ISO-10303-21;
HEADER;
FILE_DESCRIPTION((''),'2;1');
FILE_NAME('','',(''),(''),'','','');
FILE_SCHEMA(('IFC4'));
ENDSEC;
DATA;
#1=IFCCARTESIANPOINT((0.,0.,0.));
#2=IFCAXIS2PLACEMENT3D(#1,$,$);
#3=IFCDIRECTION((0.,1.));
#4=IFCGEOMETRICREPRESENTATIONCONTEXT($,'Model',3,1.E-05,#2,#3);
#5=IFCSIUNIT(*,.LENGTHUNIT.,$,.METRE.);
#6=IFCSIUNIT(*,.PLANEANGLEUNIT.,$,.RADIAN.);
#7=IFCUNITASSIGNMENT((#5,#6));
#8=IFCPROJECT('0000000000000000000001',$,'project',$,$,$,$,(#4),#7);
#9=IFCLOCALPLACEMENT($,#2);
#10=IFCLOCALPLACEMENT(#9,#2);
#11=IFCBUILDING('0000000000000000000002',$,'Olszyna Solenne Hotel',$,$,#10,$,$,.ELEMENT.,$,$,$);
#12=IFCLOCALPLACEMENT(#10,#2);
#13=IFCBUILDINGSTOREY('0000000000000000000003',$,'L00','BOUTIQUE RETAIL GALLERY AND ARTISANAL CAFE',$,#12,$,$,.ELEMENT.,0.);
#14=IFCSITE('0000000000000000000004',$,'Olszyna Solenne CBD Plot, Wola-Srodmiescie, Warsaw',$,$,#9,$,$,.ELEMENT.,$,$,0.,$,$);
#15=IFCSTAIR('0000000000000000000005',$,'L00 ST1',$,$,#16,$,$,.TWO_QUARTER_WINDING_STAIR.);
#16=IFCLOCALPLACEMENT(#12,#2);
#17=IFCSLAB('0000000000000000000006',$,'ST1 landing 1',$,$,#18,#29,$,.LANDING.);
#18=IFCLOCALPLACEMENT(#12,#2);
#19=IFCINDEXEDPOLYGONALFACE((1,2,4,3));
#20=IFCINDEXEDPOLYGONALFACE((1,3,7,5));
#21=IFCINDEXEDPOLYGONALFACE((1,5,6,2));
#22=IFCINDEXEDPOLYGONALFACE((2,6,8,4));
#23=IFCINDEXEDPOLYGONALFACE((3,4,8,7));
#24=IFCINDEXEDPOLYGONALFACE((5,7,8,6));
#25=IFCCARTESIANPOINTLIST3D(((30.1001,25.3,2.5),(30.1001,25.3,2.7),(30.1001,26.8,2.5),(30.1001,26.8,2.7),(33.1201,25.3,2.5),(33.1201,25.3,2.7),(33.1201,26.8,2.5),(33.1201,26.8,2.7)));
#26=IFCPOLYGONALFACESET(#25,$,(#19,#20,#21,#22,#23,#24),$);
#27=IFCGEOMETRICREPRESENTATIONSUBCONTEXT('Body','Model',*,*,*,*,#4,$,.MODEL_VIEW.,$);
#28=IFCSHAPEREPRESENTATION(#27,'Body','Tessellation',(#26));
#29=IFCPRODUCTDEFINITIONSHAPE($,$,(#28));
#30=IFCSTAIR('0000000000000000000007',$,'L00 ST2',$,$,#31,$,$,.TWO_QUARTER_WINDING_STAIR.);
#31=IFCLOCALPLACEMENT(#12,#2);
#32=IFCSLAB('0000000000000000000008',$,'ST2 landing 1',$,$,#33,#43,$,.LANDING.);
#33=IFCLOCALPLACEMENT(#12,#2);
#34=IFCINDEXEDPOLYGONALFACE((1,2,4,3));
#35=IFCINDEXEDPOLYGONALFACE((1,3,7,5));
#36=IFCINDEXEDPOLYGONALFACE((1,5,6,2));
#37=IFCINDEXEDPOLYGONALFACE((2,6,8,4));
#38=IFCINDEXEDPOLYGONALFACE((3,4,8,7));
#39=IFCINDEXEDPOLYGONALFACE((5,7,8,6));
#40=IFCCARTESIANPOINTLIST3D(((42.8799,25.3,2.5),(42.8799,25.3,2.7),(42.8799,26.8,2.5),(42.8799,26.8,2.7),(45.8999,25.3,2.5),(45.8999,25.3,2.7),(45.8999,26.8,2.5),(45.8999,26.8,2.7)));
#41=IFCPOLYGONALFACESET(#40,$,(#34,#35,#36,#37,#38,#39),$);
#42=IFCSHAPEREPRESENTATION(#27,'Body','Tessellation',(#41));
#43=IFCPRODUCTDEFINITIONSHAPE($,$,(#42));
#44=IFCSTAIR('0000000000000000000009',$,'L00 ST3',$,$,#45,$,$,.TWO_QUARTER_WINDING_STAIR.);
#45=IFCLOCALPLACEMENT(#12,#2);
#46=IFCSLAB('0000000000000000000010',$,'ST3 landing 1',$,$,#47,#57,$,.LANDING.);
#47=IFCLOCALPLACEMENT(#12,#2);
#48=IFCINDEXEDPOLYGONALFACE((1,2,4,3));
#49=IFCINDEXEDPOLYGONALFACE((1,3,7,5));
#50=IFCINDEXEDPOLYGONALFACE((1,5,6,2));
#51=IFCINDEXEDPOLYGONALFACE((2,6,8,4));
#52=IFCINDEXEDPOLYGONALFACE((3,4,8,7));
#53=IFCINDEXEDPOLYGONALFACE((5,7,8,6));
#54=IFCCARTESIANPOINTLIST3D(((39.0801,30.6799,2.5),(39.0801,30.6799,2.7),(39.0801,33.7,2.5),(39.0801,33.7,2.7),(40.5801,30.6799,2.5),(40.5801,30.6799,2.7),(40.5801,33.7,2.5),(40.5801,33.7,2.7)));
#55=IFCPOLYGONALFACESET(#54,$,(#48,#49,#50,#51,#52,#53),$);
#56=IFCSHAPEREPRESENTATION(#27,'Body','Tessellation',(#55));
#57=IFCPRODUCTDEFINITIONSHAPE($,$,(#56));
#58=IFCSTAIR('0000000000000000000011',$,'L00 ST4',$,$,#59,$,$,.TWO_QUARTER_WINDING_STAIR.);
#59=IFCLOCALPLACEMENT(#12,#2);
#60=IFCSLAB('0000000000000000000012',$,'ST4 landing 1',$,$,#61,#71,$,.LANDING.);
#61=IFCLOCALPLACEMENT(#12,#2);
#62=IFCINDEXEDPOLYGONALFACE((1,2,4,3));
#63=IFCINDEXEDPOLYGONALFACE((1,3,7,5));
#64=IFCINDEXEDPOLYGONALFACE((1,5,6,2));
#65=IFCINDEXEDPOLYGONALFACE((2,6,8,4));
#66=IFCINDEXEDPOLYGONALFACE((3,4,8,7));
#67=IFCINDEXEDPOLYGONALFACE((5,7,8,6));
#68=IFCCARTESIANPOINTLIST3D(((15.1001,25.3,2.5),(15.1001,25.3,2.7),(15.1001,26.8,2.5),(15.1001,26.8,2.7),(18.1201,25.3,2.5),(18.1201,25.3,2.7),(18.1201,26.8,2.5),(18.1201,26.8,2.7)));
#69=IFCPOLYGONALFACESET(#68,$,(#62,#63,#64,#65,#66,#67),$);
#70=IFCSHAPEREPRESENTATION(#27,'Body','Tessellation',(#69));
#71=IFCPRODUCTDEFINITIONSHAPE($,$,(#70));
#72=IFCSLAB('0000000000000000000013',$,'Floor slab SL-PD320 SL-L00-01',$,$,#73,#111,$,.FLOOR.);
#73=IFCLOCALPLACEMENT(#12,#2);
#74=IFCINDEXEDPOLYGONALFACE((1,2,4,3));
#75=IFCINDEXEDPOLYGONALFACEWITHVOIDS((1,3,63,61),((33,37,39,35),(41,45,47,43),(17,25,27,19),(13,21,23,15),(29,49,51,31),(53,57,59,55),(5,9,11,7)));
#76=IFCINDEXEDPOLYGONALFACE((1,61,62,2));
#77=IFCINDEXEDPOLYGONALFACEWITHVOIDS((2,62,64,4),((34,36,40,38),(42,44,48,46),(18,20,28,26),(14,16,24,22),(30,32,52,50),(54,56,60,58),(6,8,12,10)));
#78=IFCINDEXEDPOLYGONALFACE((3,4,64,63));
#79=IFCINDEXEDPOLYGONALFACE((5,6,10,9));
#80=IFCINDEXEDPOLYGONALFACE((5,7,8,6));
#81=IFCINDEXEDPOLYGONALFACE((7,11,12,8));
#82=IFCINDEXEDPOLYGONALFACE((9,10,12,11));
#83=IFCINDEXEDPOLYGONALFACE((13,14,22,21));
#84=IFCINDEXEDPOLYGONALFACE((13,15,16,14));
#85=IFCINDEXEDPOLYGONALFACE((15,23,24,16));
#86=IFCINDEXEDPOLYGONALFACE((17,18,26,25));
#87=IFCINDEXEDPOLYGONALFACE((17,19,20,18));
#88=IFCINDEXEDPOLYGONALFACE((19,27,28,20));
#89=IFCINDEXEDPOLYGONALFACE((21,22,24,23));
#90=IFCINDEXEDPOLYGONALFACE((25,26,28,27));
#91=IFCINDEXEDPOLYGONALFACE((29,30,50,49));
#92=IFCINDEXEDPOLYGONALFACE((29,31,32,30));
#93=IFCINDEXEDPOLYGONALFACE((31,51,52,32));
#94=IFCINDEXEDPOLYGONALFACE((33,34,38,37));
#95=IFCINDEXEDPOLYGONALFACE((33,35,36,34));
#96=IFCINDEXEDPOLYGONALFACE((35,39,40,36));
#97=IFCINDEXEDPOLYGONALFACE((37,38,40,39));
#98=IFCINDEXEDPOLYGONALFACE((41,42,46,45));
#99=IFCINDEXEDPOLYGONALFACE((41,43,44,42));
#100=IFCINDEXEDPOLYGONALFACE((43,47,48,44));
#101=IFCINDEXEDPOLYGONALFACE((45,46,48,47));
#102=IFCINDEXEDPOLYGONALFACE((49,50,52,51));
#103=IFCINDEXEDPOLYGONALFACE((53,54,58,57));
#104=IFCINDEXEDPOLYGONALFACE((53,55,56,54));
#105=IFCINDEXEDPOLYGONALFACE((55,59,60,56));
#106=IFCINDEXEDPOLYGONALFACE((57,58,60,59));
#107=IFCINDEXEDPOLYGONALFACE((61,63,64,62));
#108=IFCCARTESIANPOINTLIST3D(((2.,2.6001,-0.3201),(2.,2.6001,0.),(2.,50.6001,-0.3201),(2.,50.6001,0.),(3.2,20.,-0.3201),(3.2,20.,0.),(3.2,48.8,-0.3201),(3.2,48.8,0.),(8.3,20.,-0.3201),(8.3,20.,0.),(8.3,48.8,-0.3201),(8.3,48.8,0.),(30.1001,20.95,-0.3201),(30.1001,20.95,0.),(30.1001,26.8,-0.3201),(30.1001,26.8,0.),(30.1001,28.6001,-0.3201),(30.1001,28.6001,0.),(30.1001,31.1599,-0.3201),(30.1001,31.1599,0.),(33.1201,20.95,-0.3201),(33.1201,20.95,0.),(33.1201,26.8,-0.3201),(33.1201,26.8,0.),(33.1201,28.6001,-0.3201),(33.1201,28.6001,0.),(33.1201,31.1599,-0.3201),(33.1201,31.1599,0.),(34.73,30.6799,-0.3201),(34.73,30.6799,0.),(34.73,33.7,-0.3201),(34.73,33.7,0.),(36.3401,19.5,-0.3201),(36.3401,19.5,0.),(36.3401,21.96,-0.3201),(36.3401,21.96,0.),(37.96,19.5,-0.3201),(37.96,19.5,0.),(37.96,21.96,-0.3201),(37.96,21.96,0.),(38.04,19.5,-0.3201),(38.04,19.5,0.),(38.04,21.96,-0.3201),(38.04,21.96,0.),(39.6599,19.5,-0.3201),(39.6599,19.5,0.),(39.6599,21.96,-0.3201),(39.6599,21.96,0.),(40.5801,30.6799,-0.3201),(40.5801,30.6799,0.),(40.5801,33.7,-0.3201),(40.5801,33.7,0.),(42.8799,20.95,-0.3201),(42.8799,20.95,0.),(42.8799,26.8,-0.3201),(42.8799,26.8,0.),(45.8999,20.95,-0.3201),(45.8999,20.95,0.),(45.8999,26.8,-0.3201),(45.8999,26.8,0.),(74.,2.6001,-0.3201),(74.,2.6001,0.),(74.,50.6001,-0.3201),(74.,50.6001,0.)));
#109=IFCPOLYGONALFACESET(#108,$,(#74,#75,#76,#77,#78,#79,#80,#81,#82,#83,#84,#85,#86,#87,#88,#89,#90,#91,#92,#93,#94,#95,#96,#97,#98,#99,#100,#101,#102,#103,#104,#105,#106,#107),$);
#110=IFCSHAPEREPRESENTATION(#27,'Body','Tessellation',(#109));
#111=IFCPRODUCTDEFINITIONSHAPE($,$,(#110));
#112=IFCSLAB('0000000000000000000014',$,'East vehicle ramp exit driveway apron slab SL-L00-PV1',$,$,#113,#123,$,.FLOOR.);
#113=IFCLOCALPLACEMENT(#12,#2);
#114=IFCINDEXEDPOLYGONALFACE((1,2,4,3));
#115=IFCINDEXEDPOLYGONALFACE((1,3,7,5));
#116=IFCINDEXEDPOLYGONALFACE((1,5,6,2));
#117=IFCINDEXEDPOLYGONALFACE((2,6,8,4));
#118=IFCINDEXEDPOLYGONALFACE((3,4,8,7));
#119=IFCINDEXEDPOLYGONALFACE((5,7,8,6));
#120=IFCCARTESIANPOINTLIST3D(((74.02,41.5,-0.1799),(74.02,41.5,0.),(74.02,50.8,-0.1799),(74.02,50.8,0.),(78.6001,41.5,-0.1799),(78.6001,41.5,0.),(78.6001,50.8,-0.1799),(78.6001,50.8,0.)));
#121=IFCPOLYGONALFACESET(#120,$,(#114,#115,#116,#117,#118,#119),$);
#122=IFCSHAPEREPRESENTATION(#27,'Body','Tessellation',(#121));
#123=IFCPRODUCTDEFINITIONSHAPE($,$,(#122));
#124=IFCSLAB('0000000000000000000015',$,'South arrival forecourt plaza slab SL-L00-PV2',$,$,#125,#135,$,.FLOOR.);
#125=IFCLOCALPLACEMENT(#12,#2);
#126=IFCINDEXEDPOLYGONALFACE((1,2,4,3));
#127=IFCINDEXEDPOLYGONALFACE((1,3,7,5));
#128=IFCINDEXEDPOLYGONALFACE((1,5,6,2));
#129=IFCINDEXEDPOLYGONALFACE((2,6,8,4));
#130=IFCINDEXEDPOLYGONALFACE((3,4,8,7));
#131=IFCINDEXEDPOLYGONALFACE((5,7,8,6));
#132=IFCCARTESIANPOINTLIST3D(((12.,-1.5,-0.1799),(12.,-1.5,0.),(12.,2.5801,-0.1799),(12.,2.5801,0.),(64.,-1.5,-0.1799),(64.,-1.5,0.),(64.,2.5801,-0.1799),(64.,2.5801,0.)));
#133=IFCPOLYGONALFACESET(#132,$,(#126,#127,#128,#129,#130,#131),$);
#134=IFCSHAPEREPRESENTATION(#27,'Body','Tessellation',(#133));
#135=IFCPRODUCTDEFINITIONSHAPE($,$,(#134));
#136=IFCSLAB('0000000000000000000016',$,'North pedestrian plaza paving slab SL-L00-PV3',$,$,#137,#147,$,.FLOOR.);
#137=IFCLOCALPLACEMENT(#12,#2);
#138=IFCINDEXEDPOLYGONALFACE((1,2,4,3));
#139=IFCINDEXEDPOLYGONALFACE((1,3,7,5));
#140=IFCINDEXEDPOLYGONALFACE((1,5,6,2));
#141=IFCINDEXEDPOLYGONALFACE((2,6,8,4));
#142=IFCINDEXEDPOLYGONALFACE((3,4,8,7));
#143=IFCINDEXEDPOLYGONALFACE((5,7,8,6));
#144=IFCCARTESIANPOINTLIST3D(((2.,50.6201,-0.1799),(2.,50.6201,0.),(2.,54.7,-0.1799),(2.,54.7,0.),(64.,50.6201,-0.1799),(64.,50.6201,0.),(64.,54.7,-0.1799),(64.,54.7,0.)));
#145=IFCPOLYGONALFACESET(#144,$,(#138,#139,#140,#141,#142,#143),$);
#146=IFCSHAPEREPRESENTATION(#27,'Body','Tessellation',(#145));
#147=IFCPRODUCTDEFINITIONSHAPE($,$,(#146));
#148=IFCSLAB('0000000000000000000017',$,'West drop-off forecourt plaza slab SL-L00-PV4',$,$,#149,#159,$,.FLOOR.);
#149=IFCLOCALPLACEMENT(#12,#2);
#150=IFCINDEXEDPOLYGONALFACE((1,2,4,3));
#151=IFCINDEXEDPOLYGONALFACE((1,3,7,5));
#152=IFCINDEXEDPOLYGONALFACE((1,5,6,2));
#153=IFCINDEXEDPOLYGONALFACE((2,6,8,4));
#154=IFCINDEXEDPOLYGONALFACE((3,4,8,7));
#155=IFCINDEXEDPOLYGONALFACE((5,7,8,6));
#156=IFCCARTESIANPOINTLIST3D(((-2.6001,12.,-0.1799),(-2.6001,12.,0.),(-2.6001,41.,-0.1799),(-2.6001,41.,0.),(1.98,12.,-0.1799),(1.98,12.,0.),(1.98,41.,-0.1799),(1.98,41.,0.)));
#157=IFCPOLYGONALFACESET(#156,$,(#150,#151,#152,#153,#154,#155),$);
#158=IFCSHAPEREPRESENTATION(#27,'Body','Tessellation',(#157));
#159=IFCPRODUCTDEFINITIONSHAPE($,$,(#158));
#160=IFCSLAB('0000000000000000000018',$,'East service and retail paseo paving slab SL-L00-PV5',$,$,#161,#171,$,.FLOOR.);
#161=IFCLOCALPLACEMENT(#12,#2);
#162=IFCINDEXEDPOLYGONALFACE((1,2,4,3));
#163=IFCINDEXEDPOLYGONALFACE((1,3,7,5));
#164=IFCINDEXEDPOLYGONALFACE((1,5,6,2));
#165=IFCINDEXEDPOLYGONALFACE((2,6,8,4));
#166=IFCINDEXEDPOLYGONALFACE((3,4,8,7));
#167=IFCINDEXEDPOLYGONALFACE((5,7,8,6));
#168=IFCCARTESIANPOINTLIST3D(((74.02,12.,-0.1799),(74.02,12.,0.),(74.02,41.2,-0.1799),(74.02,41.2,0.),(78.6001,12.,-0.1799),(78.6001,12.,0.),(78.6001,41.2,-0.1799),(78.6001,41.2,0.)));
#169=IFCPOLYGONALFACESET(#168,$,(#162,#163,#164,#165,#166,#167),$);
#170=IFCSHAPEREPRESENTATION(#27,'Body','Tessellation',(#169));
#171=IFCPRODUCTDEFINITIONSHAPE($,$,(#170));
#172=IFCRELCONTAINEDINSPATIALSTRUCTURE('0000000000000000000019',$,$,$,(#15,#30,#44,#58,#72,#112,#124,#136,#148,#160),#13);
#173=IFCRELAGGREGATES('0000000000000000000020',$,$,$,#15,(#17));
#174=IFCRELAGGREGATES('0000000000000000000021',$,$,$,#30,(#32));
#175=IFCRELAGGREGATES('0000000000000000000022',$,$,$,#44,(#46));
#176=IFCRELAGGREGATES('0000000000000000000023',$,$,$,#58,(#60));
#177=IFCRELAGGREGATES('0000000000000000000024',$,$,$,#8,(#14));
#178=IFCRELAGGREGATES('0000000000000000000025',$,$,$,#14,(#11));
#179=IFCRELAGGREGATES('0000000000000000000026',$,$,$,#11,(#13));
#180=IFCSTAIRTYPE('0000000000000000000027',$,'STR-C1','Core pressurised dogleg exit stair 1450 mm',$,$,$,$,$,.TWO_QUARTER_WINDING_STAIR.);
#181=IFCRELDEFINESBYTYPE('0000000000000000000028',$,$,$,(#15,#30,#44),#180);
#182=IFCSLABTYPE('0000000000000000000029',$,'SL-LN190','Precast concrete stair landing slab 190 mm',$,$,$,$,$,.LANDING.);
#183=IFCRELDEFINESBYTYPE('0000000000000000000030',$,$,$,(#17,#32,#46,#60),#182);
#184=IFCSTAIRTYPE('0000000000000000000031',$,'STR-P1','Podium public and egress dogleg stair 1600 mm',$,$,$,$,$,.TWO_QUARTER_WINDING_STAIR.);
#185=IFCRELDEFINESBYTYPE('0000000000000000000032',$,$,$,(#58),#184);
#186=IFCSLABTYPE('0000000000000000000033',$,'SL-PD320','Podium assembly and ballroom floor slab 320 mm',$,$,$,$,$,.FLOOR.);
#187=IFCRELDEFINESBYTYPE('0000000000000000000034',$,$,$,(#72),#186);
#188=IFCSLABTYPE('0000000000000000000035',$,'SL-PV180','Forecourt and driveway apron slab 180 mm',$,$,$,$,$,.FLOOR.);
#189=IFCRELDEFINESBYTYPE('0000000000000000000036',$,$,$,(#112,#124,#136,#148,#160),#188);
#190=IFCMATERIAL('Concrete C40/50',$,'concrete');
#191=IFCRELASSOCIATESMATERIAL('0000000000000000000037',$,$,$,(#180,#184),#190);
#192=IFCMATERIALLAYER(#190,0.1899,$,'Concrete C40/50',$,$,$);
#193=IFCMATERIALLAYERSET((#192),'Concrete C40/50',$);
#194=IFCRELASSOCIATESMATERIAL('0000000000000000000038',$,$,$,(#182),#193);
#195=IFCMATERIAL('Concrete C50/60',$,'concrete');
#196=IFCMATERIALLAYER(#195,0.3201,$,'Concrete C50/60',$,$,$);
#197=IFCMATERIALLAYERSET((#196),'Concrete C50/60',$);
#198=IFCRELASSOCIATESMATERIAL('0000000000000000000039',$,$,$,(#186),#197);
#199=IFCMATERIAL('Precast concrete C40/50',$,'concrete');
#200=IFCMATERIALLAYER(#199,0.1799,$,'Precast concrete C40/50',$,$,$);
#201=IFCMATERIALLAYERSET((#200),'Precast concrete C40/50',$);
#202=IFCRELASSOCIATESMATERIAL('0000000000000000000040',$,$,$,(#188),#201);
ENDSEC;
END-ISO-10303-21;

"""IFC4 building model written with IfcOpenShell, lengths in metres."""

from ifc_helpers import new_model, si_unit, direction, frame, origin, place, context, subcontext, project, spatial, polyline, outline, extrude, material, layer, layer_set, type_object, element, aggregate, save


model = new_model("IFC4")

# Units and contexts
model_context = context("Model", 3, precision=1e-05, world=origin(), true_north=direction((0.0, 1.0)))
body_context = subcontext(model_context, "Body", "Model", "MODEL_VIEW")
ifc_project = project(units=[si_unit("LENGTHUNIT", "METRE"), si_unit("PLANEANGLEUNIT", "RADIAN")], contexts=[model_context])

# Site, building, storey
site_placement = place(None, origin())
site = spatial("IfcSite", under=ifc_project, at=site_placement, Name="Olszyna Solenne CBD Plot, Wola-Srodmiescie, Warsaw", CompositionType="ELEMENT", RefElevation=0.0)
building_placement = place(site_placement, origin())
building = spatial("IfcBuilding", under=site, at=building_placement, Name="Olszyna Solenne Hotel", CompositionType="ELEMENT")
storey_placement = place(building_placement, origin())
storey = spatial("IfcBuildingStorey", under=building, at=storey_placement, Name="L00", Description="BOUTIQUE RETAIL GALLERY AND ARTISANAL CAFE", CompositionType="ELEMENT", Elevation=0.0)

# Stairs, slabs
ifc_material_1 = material(Name="Concrete C40/50", Category="concrete")
stair_type_1 = type_object("IfcStairType", Name="STR-C1", Description="Core pressurised dogleg exit stair 1450 mm", PredefinedType="TWO_QUARTER_WINDING_STAIR", material=ifc_material_1)
stair_1_placement = place(storey_placement, origin())
stair_1 = element("IfcStair", 1, at=stair_1_placement, inside=storey, type_object=stair_type_1, Name="L00 ST1", PredefinedType="TWO_QUARTER_WINDING_STAIR")
ifc_layer_1 = layer(ifc_material_1, 0.1899, Name="Concrete C40/50")
ifc_layer_set_1 = layer_set([ifc_layer_1], Name="Concrete C40/50")
slab_type_1 = type_object("IfcSlabType", Name="SL-LN190", Description="Precast concrete stair landing slab 190 mm", PredefinedType="LANDING", material=ifc_layer_set_1)
slab_1_placement = place(storey_placement, frame((0.0, 0.0, 2.5)))
slab_1 = element("IfcSlab", 2, at=slab_1_placement, type_object=slab_type_1, Name="ST1 landing 1", PredefinedType="LANDING", context=body_context, shape_type="SweptSolid", body=[
    extrude(outline(polyline([(33.1201, 25.3), (33.1201, 26.8), (30.1001, 26.8), (30.1001, 25.3), (33.1201, 25.3)])), origin(), (0.0, 0.0, 1.0), 0.2),
])
aggregate(stair_1, [slab_1])
stair_2_placement = place(storey_placement, origin())
stair_2 = element("IfcStair", 3, at=stair_2_placement, inside=storey, type_object=stair_type_1, Name="L00 ST2", PredefinedType="TWO_QUARTER_WINDING_STAIR")
slab_2_placement = place(storey_placement, frame((0.0, 0.0, 2.5)))
slab_2 = element("IfcSlab", 4, at=slab_2_placement, type_object=slab_type_1, Name="ST2 landing 1", PredefinedType="LANDING", context=body_context, shape_type="SweptSolid", body=[
    extrude(outline(polyline([(45.8999, 25.3), (45.8999, 26.8), (42.8799, 26.8), (42.8799, 25.3), (45.8999, 25.3)])), origin(), (0.0, 0.0, 1.0), 0.2),
])
aggregate(stair_2, [slab_2])
stair_3_placement = place(storey_placement, origin())
stair_3 = element("IfcStair", 5, at=stair_3_placement, inside=storey, type_object=stair_type_1, Name="L00 ST3", PredefinedType="TWO_QUARTER_WINDING_STAIR")
slab_3_placement = place(storey_placement, frame((0.0, 0.0, 2.5)))
slab_3 = element("IfcSlab", 6, at=slab_3_placement, type_object=slab_type_1, Name="ST3 landing 1", PredefinedType="LANDING", context=body_context, shape_type="SweptSolid", body=[
    extrude(outline(polyline([(39.0801, 30.6799), (40.5801, 30.6799), (40.5801, 33.7), (39.0801, 33.7), (39.0801, 30.6799)])), origin(), (0.0, 0.0, 1.0), 0.2),
])
aggregate(stair_3, [slab_3])
stair_type_2 = type_object("IfcStairType", Name="STR-P1", Description="Podium public and egress dogleg stair 1600 mm", PredefinedType="TWO_QUARTER_WINDING_STAIR", material=ifc_material_1)
stair_4_placement = place(storey_placement, origin())
stair_4 = element("IfcStair", 7, at=stair_4_placement, inside=storey, type_object=stair_type_2, Name="L00 ST4", PredefinedType="TWO_QUARTER_WINDING_STAIR")
slab_4_placement = place(storey_placement, frame((0.0, 0.0, 2.5)))
slab_4 = element("IfcSlab", 8, at=slab_4_placement, type_object=slab_type_1, Name="ST4 landing 1", PredefinedType="LANDING", context=body_context, shape_type="SweptSolid", body=[
    extrude(outline(polyline([(18.1201, 25.3), (18.1201, 26.8), (15.1001, 26.8), (15.1001, 25.3), (18.1201, 25.3)])), origin(), (0.0, 0.0, 1.0), 0.2),
])
aggregate(stair_4, [slab_4])

# Slabs
ifc_material_2 = material(Name="Concrete C50/60", Category="concrete")
ifc_layer_2 = layer(ifc_material_2, 0.3201, Name="Concrete C50/60")
ifc_layer_set_2 = layer_set([ifc_layer_2], Name="Concrete C50/60")
slab_type_2 = type_object("IfcSlabType", Name="SL-PD320", Description="Podium assembly and ballroom floor slab 320 mm", PredefinedType="FLOOR", material=ifc_layer_set_2)
slab_5_placement = place(storey_placement, frame((0.0, 0.0, -0.3201)))
element("IfcSlab", 9, at=slab_5_placement, inside=storey, type_object=slab_type_2, Name="Floor slab SL-PD320 SL-L00-01", PredefinedType="FLOOR", context=body_context, shape_type="SweptSolid", body=[
    extrude(outline(polyline([(2.0, 2.6001), (74.0, 2.6001), (74.0, 50.6001), (2.0, 50.6001), (2.0, 2.6001)]), holes=[polyline([(30.1001, 20.95), (33.1201, 20.95), (33.1201, 26.8), (30.1001, 26.8), (30.1001, 20.95)]), polyline([(42.8799, 20.95), (45.8999, 20.95), (45.8999, 26.8), (42.8799, 26.8), (42.8799, 20.95)]), polyline([(34.73, 30.6799), (40.5801, 30.6799), (40.5801, 33.7), (34.73, 33.7), (34.73, 30.6799)]), polyline([(36.3401, 19.5), (37.96, 19.5), (37.96, 21.96), (36.3401, 21.96), (36.3401, 19.5)]), polyline([(38.04, 19.5), (39.6599, 19.5), (39.6599, 21.96), (38.04, 21.96), (38.04, 19.5)]), polyline([(30.1001, 28.6001), (33.1201, 28.6001), (33.1201, 31.1599), (30.1001, 31.1599), (30.1001, 28.6001)]), polyline([(3.2, 20.0), (8.3, 20.0), (8.3, 48.8), (3.2, 48.8), (3.2, 20.0)])]), origin(), (0.0, 0.0, 1.0), 0.3201),
])
ifc_material_3 = material(Name="Precast concrete C40/50", Category="concrete")
ifc_layer_3 = layer(ifc_material_3, 0.1799, Name="Precast concrete C40/50")
ifc_layer_set_3 = layer_set([ifc_layer_3], Name="Precast concrete C40/50")
slab_type_3 = type_object("IfcSlabType", Name="SL-PV180", Description="Forecourt and driveway apron slab 180 mm", PredefinedType="FLOOR", material=ifc_layer_set_3)
slab_6_placement = place(storey_placement, frame((0.0, 0.0, -0.1799)))
element("IfcSlab", 10, at=slab_6_placement, inside=storey, type_object=slab_type_3, Name="East vehicle ramp exit driveway apron slab SL-L00-PV1", PredefinedType="FLOOR", context=body_context, shape_type="SweptSolid", body=[
    extrude(outline(polyline([(74.02, 41.5), (78.6001, 41.5), (78.6001, 50.8), (74.02, 50.8), (74.02, 41.5)])), origin(), (0.0, 0.0, 1.0), 0.1799),
])
slab_7_placement = place(storey_placement, frame((0.0, 0.0, -0.1799)))
element("IfcSlab", 11, at=slab_7_placement, inside=storey, type_object=slab_type_3, Name="South arrival forecourt plaza slab SL-L00-PV2", PredefinedType="FLOOR", context=body_context, shape_type="SweptSolid", body=[
    extrude(outline(polyline([(12.0, -1.5), (64.0, -1.5), (64.0, 2.5801), (12.0, 2.5801), (12.0, -1.5)])), origin(), (0.0, 0.0, 1.0), 0.1799),
])
slab_8_placement = place(storey_placement, frame((0.0, 0.0, -0.1799)))
element("IfcSlab", 12, at=slab_8_placement, inside=storey, type_object=slab_type_3, Name="North pedestrian plaza paving slab SL-L00-PV3", PredefinedType="FLOOR", context=body_context, shape_type="SweptSolid", body=[
    extrude(outline(polyline([(2.0, 50.6201), (64.0, 50.6201), (64.0, 54.7), (2.0, 54.7), (2.0, 50.6201)])), origin(), (0.0, 0.0, 1.0), 0.1799),
])
slab_9_placement = place(storey_placement, frame((0.0, 0.0, -0.1799)))
element("IfcSlab", 13, at=slab_9_placement, inside=storey, type_object=slab_type_3, Name="West drop-off forecourt plaza slab SL-L00-PV4", PredefinedType="FLOOR", context=body_context, shape_type="SweptSolid", body=[
    extrude(outline(polyline([(-2.6001, 12.0), (1.98, 12.0), (1.98, 41.0), (-2.6001, 41.0), (-2.6001, 12.0)])), origin(), (0.0, 0.0, 1.0), 0.1799),
])
slab_10_placement = place(storey_placement, frame((0.0, 0.0, -0.1799)))
element("IfcSlab", 14, at=slab_10_placement, inside=storey, type_object=slab_type_3, Name="East service and retail paseo paving slab SL-L00-PV5", PredefinedType="FLOOR", context=body_context, shape_type="SweptSolid", body=[
    extrude(outline(polyline([(74.02, 12.0), (78.6001, 12.0), (78.6001, 41.2), (74.02, 41.2), (74.02, 12.0)])), origin(), (0.0, 0.0, 1.0), 0.1799),
])

save(model, "model.ifc")
